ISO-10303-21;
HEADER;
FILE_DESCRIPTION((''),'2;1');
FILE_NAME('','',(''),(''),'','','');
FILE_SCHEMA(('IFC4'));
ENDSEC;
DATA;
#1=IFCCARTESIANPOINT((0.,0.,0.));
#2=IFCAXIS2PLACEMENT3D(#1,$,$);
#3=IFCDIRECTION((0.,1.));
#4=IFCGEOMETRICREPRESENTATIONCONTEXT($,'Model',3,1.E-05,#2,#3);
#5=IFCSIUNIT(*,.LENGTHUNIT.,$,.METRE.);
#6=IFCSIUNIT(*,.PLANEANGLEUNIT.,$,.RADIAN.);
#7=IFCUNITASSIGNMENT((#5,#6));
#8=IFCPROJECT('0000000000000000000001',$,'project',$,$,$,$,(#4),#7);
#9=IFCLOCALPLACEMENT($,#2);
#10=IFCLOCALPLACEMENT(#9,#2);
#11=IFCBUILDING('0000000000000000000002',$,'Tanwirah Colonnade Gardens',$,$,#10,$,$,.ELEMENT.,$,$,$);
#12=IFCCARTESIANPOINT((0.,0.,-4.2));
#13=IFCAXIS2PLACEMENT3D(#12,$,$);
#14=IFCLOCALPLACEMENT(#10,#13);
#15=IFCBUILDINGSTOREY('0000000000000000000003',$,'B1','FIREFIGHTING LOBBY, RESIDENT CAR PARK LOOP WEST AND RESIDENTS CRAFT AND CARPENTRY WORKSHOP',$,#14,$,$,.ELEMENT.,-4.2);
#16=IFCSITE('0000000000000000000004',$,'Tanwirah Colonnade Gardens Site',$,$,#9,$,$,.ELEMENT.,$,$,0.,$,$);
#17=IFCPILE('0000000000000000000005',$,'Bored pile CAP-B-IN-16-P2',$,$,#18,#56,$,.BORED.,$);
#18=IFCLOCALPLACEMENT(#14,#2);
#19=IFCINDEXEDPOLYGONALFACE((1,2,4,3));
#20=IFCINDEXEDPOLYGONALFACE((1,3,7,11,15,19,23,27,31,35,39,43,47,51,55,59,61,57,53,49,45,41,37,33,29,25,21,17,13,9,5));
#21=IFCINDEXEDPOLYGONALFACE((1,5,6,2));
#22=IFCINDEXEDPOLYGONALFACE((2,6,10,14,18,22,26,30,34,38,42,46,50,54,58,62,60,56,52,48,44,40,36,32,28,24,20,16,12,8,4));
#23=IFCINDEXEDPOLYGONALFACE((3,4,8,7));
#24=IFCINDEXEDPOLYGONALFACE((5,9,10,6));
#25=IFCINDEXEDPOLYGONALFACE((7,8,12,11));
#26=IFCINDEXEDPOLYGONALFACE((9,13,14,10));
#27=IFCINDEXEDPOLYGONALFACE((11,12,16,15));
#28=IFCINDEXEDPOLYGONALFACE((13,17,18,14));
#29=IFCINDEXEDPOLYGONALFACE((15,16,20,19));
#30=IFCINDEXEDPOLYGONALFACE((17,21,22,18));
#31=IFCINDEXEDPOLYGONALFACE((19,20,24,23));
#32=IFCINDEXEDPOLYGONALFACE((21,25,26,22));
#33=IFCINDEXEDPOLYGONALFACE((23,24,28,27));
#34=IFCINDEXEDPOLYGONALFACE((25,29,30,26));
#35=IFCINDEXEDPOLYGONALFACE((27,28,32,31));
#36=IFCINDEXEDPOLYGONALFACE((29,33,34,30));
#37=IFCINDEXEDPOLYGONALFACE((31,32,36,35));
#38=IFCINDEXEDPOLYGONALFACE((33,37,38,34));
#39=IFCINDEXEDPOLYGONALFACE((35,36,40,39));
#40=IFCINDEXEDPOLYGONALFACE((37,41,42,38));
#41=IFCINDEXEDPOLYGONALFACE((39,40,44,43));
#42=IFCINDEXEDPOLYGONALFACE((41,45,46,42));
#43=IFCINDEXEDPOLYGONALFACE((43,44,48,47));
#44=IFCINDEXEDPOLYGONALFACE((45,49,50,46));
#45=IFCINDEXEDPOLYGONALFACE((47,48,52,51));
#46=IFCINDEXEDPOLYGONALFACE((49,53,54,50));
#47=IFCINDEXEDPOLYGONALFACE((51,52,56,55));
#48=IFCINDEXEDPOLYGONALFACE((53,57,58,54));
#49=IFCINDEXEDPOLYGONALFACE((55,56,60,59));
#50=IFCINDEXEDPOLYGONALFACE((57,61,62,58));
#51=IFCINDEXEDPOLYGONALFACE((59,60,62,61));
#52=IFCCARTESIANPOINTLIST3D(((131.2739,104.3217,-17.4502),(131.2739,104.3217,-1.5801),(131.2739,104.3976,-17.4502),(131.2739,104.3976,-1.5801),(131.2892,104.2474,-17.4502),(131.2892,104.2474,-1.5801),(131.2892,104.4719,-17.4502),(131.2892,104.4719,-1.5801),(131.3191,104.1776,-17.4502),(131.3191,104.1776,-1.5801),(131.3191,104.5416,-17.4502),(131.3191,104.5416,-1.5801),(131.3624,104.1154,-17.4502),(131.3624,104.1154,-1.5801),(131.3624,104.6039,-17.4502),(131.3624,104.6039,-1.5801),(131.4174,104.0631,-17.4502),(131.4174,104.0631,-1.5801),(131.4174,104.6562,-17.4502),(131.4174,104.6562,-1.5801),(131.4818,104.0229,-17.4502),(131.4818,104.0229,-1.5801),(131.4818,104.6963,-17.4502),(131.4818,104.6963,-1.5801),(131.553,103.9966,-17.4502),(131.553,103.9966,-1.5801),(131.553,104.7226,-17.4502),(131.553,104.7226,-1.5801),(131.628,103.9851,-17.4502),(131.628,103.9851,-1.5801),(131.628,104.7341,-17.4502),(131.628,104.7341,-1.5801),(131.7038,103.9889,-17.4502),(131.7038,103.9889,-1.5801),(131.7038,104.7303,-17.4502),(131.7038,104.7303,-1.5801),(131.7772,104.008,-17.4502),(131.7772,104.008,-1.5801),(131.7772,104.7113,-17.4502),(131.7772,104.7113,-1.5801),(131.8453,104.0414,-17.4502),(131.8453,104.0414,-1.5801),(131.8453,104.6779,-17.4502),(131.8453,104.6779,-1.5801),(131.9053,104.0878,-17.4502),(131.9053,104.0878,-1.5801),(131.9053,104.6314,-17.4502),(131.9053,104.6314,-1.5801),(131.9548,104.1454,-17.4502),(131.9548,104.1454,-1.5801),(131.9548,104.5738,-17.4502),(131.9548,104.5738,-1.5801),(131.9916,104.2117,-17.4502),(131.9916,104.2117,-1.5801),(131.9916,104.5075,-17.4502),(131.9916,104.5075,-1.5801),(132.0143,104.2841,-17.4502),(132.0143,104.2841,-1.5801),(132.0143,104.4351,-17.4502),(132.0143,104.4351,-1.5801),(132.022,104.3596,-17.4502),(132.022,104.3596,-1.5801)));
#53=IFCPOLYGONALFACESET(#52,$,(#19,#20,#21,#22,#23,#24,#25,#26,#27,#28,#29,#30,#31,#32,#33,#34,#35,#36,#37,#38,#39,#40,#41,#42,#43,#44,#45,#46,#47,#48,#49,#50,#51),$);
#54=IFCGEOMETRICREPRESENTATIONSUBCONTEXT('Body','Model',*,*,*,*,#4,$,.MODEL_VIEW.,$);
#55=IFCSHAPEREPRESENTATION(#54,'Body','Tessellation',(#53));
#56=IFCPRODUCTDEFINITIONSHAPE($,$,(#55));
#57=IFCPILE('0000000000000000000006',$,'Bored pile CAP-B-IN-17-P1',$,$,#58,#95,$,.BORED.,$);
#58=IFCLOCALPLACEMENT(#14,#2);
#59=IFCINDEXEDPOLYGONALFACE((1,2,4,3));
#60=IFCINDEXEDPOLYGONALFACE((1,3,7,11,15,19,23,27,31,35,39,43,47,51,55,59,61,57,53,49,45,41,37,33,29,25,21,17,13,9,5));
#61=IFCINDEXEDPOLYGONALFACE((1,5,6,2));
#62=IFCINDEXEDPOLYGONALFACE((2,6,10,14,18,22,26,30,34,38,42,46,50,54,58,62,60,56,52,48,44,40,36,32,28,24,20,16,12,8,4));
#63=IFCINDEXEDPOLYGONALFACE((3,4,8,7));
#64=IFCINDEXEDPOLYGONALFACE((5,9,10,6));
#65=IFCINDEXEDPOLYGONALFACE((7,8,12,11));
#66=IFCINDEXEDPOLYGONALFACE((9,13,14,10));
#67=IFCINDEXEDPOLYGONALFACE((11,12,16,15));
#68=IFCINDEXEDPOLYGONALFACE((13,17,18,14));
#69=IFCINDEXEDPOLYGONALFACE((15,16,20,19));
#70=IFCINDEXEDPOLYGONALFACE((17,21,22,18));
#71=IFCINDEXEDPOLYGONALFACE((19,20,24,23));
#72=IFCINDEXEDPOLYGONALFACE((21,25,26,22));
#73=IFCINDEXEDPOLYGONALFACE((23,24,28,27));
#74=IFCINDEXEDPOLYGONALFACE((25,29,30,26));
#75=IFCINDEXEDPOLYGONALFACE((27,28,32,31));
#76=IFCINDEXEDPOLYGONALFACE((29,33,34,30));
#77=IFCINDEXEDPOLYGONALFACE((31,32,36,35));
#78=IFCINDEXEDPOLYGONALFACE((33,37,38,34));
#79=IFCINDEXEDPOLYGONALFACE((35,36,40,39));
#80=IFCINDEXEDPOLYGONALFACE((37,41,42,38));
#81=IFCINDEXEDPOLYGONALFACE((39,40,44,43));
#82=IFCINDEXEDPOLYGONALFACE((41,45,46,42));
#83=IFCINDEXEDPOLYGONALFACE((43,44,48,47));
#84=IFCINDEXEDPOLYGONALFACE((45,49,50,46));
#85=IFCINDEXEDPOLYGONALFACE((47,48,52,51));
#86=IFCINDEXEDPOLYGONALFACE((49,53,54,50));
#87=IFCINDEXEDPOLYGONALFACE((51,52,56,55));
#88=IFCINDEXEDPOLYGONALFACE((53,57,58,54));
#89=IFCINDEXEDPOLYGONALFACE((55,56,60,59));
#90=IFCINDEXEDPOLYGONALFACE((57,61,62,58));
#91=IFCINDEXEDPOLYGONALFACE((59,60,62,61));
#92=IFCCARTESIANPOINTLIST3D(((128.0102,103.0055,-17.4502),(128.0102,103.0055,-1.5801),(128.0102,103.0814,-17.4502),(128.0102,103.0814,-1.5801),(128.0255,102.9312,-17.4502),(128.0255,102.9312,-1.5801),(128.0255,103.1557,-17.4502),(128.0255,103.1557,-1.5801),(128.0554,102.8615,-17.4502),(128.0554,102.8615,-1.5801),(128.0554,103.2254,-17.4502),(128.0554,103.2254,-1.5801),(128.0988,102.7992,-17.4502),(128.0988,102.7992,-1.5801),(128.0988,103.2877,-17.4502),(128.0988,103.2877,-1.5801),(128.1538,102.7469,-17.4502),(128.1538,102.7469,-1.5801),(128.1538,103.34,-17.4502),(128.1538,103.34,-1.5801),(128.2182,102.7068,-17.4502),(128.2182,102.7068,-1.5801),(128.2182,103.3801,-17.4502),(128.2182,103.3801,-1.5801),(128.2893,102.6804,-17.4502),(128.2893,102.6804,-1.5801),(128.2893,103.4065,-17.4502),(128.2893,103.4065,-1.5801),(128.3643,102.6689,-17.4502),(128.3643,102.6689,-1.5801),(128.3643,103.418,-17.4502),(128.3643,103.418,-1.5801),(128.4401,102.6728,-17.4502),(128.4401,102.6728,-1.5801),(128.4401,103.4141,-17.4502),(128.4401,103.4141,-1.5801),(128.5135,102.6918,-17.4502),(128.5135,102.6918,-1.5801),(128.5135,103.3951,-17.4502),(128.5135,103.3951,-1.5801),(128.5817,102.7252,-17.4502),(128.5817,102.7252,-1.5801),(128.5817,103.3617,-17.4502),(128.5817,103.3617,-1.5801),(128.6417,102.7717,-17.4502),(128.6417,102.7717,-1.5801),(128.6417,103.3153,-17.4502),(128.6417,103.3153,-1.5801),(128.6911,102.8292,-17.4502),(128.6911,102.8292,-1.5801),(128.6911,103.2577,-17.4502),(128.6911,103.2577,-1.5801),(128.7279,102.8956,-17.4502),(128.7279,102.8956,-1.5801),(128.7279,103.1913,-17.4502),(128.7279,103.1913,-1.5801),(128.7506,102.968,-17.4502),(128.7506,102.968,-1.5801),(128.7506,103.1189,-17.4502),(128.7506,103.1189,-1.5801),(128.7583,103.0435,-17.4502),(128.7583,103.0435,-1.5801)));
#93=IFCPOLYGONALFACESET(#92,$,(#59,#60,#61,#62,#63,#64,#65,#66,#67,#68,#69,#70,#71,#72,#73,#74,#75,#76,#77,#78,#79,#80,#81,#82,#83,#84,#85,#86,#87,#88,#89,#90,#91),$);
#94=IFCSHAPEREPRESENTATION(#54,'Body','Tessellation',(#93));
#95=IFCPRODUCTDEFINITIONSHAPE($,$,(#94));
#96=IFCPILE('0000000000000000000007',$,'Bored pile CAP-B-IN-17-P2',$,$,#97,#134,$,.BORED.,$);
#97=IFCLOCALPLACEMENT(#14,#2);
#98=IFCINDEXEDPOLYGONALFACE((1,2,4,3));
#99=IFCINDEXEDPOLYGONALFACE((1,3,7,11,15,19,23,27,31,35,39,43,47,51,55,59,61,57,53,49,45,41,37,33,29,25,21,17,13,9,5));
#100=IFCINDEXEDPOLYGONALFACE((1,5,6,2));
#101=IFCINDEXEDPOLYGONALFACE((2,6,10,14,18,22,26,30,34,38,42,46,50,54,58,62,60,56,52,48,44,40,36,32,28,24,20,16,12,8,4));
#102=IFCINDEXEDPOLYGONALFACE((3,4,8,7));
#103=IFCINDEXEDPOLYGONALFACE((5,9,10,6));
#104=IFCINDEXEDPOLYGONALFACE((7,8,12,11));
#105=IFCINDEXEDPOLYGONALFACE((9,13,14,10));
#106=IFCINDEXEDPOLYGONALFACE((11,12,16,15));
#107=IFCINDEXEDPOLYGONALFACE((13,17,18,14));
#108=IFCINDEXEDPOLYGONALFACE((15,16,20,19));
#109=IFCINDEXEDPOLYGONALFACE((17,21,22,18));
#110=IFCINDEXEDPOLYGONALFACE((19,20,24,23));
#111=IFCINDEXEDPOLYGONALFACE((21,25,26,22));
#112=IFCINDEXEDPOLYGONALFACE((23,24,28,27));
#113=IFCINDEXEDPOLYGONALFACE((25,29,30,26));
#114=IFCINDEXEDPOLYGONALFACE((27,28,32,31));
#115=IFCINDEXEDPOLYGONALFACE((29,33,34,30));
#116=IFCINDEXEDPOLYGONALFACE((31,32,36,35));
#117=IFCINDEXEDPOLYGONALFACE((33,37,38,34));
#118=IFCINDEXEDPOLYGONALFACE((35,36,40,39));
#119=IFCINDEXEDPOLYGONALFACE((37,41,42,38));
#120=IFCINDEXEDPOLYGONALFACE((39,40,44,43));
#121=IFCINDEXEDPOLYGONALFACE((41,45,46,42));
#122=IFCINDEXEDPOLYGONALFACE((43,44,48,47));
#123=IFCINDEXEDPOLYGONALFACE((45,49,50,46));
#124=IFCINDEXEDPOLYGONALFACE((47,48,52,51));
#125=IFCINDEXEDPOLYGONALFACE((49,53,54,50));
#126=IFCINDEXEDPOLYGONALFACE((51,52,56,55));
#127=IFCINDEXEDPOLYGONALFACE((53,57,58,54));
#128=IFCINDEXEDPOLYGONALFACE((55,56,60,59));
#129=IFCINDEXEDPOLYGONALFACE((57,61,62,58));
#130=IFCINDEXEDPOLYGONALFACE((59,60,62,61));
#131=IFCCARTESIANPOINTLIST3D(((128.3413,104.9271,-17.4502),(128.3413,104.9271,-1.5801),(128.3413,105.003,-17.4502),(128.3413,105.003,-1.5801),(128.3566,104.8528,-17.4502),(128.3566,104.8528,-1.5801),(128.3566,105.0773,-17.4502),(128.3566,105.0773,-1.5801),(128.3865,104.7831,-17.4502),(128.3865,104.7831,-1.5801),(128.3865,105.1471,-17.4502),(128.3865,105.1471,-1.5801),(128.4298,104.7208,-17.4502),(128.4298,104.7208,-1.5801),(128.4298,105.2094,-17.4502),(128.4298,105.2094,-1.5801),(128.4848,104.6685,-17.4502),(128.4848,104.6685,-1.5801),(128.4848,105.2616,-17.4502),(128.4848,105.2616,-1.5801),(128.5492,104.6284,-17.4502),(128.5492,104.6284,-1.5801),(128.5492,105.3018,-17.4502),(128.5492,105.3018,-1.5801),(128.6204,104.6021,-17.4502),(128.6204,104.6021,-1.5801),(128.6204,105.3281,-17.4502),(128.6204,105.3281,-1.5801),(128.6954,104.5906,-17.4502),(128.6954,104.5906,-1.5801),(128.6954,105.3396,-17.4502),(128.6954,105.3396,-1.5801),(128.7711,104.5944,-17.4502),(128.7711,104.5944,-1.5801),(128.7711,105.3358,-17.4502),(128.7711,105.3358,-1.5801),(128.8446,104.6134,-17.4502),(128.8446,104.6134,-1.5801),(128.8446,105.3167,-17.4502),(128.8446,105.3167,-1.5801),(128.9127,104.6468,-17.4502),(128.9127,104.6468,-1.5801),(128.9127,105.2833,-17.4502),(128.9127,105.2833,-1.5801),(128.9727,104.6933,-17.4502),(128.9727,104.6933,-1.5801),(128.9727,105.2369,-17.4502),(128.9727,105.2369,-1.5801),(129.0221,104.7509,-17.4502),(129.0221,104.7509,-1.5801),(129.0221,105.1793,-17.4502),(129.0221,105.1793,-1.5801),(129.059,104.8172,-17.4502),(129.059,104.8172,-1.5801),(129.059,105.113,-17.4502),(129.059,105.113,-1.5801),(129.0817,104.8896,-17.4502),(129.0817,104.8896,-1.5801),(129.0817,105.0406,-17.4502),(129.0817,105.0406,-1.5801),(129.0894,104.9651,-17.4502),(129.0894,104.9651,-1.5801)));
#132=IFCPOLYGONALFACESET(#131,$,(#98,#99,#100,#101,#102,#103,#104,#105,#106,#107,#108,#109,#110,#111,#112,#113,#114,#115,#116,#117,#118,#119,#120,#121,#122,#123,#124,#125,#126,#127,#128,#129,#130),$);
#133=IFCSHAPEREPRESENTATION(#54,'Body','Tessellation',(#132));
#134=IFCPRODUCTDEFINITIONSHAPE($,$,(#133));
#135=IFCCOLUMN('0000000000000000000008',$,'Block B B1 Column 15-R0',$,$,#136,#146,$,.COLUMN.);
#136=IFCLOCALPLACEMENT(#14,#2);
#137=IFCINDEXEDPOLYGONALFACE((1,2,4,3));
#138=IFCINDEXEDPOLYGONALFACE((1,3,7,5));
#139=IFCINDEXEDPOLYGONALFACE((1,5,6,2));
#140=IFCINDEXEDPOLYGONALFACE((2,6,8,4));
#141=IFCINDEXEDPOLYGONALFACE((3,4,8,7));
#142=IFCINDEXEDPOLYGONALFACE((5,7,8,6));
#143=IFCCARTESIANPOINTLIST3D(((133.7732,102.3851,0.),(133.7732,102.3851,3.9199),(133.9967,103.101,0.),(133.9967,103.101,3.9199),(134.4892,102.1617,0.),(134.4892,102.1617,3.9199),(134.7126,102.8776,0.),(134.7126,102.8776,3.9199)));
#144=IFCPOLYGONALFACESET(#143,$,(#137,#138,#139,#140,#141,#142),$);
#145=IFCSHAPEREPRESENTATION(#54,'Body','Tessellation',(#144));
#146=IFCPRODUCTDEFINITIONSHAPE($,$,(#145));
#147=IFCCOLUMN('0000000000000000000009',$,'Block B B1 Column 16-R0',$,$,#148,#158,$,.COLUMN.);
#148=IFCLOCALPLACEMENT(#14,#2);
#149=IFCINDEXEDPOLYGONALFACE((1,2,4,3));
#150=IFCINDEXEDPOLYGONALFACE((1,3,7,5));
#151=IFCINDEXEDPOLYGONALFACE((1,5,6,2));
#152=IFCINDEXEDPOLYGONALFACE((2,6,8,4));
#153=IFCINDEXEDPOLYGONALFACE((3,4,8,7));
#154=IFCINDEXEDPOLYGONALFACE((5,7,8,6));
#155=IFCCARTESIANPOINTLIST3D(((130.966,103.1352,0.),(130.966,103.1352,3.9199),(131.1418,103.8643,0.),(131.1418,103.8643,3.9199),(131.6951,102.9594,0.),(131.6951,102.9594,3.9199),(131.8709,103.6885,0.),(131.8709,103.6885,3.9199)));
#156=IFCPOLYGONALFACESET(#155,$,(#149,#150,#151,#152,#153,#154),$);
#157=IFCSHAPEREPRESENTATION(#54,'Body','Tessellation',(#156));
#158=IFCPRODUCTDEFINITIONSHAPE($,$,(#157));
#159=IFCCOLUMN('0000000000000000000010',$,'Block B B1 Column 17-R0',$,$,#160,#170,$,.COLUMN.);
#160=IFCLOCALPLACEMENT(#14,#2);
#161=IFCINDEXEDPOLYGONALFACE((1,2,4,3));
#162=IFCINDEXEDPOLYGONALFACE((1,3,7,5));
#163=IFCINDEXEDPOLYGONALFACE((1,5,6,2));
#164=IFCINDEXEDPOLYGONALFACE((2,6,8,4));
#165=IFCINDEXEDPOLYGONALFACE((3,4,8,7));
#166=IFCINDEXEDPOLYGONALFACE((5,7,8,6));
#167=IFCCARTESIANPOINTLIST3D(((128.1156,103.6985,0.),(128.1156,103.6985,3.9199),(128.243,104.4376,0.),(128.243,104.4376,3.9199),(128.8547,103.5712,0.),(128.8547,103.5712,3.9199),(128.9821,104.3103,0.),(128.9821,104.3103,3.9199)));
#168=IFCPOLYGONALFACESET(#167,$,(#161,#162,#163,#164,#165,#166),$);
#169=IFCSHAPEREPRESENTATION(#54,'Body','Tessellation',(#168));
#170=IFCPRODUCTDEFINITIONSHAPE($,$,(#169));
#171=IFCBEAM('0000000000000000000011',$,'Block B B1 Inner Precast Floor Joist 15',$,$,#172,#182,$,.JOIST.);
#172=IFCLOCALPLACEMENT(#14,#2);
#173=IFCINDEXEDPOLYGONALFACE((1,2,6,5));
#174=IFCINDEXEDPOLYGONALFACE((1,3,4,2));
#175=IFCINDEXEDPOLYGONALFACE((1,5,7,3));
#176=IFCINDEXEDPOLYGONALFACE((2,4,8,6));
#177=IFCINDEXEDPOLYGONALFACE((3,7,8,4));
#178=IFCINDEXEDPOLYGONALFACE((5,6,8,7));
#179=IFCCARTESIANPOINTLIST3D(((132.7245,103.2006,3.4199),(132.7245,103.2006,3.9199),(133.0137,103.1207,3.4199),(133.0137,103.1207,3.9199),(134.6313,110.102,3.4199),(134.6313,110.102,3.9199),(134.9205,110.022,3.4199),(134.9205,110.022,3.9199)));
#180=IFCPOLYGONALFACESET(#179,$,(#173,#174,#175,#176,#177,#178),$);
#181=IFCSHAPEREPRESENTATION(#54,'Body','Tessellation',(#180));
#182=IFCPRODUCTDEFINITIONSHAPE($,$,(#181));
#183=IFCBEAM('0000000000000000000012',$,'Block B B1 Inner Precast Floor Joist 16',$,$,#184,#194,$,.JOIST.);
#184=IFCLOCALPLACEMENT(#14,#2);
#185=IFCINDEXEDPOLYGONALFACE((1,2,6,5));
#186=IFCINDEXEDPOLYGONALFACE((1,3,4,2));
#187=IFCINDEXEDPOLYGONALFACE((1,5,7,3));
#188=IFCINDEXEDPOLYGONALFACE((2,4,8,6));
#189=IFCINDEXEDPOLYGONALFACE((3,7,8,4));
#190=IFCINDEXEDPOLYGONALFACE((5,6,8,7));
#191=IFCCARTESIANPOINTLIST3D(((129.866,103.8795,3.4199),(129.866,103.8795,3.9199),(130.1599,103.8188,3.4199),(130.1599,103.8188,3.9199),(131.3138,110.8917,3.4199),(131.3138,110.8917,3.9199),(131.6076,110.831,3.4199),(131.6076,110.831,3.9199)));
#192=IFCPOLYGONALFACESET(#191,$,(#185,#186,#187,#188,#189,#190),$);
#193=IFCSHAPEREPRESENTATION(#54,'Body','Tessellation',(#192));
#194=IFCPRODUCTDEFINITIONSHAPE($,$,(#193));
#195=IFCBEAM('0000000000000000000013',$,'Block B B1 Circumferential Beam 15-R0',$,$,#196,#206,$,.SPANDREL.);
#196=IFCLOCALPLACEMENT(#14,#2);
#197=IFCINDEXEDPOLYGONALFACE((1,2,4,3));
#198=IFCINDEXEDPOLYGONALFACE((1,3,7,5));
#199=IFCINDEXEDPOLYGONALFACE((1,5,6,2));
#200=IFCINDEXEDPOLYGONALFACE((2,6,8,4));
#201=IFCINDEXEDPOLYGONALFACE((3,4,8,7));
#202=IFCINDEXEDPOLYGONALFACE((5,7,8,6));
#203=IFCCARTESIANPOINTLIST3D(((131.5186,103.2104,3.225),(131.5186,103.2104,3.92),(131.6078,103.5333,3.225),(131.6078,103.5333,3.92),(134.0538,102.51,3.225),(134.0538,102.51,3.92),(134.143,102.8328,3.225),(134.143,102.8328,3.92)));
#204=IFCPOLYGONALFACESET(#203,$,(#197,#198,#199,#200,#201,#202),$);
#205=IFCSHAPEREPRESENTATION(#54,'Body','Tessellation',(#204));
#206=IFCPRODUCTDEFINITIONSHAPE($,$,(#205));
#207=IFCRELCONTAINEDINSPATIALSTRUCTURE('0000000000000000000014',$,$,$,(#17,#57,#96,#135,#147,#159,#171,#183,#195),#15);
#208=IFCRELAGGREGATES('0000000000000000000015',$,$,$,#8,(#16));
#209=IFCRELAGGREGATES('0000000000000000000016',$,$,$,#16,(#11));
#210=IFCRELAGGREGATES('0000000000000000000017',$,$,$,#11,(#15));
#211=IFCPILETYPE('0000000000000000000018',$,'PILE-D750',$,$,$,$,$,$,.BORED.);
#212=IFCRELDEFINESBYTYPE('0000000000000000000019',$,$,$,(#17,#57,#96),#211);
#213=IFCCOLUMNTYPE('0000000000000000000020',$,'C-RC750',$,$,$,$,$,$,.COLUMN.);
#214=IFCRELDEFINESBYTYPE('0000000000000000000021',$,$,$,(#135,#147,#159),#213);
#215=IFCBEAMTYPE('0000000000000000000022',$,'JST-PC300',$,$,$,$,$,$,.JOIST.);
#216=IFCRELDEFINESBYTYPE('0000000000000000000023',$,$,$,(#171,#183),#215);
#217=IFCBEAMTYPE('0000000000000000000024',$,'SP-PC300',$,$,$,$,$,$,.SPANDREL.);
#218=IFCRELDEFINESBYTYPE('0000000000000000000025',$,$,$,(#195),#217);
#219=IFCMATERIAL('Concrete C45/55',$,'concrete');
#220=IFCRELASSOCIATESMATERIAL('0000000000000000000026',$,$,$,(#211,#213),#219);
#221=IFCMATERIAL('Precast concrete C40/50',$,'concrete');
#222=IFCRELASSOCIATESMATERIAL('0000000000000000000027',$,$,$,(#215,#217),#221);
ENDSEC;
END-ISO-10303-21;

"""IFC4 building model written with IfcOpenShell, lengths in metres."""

from ifc_helpers import new_model, si_unit, direction, frame, origin, origin_2d, place, context, subcontext, project, spatial, rectangle, circle, extrude, material, material_profile, profile_set, type_object, element, save


model = new_model("IFC4")

# Units and contexts
model_context = context("Model", 3, precision=1e-05, world=origin(), true_north=direction((0.0, 1.0)))
body_context = subcontext(model_context, "Body", "Model", "MODEL_VIEW")
ifc_project = project(units=[si_unit("LENGTHUNIT", "METRE"), si_unit("PLANEANGLEUNIT", "RADIAN")], contexts=[model_context])

# Site, building, storey
site_placement = place(None, origin())
site = spatial("IfcSite", under=ifc_project, at=site_placement, Name="Tanwirah Colonnade Gardens Site", CompositionType="ELEMENT", RefElevation=0.0)
building_placement = place(site_placement, origin())
building = spatial("IfcBuilding", under=site, at=building_placement, Name="Tanwirah Colonnade Gardens", CompositionType="ELEMENT")
storey_placement = place(building_placement, frame((0.0, 0.0, -4.2)))
storey = spatial("IfcBuildingStorey", under=building, at=storey_placement, Name="B1", Description="FIREFIGHTING LOBBY, RESIDENT CAR PARK LOOP WEST AND RESIDENTS CRAFT AND CARPENTRY WORKSHOP", CompositionType="ELEMENT", Elevation=-4.2)

# Shared definitions
ifc_material_1 = material(Name="Concrete C45/55", Category="concrete")

# Piles
ifc_material_profile_1 = material_profile(ifc_material_1, circle(Radius=0.375, at=origin_2d()), Name="PILE D750")
ifc_profile_set_1 = profile_set([ifc_material_profile_1], Name="Concrete C45/55")
pile_type_1 = type_object("IfcPileType", Name="PILE-D750", PredefinedType="BORED", material=ifc_profile_set_1)
for number, where, z_axis, x_axis, name in (
    (1, (131.647, 104.3596, -1.5801), (0.0, 0.0, -1.0), (1.0, 0.0, 0.0), "Bored pile CAP-B-IN-16-P2"),
    (2, (128.3833, 103.0435, -1.5801), (0.0, 0.0, -1.0), (1.0, 0.0, 0.0), "Bored pile CAP-B-IN-17-P1"),
    (3, (128.7144, 104.9651, -1.5801), (0.0, 0.0, -1.0), (1.0, 0.0, 0.0), "Bored pile CAP-B-IN-17-P2"),
):
    element("IfcPile", number, at=place(storey_placement, frame(where, z_axis=z_axis, x_axis=x_axis)), inside=storey, type_object=pile_type_1, Name=name, PredefinedType="BORED", context=body_context, shape_type="SweptSolid", body=[
        extrude(circle(Radius=0.375, at=origin_2d()), origin(), (0.0, 0.0, 1.0), 15.8701),
    ])

# Columns
ifc_material_profile_2 = material_profile(ifc_material_1, rectangle(XDim=0.75, YDim=0.75, at=origin_2d()), Name="RC-COL 750x750")
ifc_profile_set_2 = profile_set([ifc_material_profile_2], Name="Concrete C45/55")
column_type = type_object("IfcColumnType", Name="C-RC750", PredefinedType="COLUMN", material=ifc_profile_set_2)
for number, where, z_axis, x_axis, name in (
    (4, (134.2429, 102.6313, 0.0), (0.0, 0.0, 1.0), (0.29793, 0.954588, 0.0), "Block B B1 Column 15-R0"),
    (5, (131.4185, 103.4119, 0.0), (0.0, 0.0, 1.0), (0.234388, 0.972143, 0.0), "Block B B1 Column 16-R0"),
    (6, (128.5488, 104.0044, 0.0), (0.0, 0.0, 1.0), (0.169827, 0.985474, 0.0), "Block B B1 Column 17-R0"),
):
    element("IfcColumn", number, at=place(storey_placement, frame(where, z_axis=z_axis, x_axis=x_axis)), inside=storey, type_object=column_type, Name=name, PredefinedType="COLUMN", context=body_context, shape_type="SweptSolid", body=[
        extrude(rectangle(XDim=0.75, YDim=0.75, at=origin_2d()), origin(), (0.0, 0.0, 1.0), 3.9199),
    ])

# Beams
ifc_material_2 = material(Name="Precast concrete C40/50", Category="concrete")
ifc_material_profile_3 = material_profile(ifc_material_2, rectangle(XDim=0.3, YDim=0.5, at=origin_2d()), Name="PC-JST 300x500")
ifc_profile_set_3 = profile_set([ifc_material_profile_3], Name="Precast concrete C40/50")
beam_type_1 = type_object("IfcBeamType", Name="JST-PC300", PredefinedType="JOIST", material=ifc_profile_set_3)
beam_1_placement = place(storey_placement, frame((132.8691, 103.1606, 3.6699), z_axis=(0.266307, 0.963888, 0.0), x_axis=(-0.963888, 0.266307, 0.0)))
element("IfcBeam", 7, at=beam_1_placement, inside=storey, type_object=beam_type_1, Name="Block B B1 Inner Precast Floor Joist 15", PredefinedType="JOIST", context=body_context, shape_type="SweptSolid", body=[
    extrude(rectangle(XDim=0.3, YDim=0.5, at=origin_2d()), origin(), (0.0, 0.0, 1.0), 7.1599),
])
beam_2_placement = place(storey_placement, frame((130.0129, 103.8491, 3.6699), z_axis=(0.202197, 0.979345, 0.0), x_axis=(-0.979345, 0.202197, 0.0)))
element("IfcBeam", 8, at=beam_2_placement, inside=storey, type_object=beam_type_1, Name="Block B B1 Inner Precast Floor Joist 16", PredefinedType="JOIST", context=body_context, shape_type="SweptSolid", body=[
    extrude(rectangle(XDim=0.3, YDim=0.5, at=origin_2d()), origin(), (0.0, 0.0, 1.0), 7.1602),
])
ifc_material_profile_4 = material_profile(ifc_material_2, rectangle(XDim=0.335, YDim=0.6951, at=origin_2d()), Name="PC-SP 335x695")
ifc_profile_set_4 = profile_set([ifc_material_profile_4], Name="Precast concrete C40/50")
beam_type_2 = type_object("IfcBeamType", Name="SP-PC300", PredefinedType="SPANDREL", material=ifc_profile_set_4)
for number, where, z_axis, x_axis, name in (
    (9, (134.0984, 102.6714, 3.5725), (-0.963887, 0.266313, 0.0), (-0.266313, -0.963887, 0.0), "Block B B1 Circumferential Beam 15-R0"),
):
    element("IfcBeam", number, at=place(storey_placement, frame(where, z_axis=z_axis, x_axis=x_axis)), inside=storey, type_object=beam_type_2, Name=name, PredefinedType="SPANDREL", context=body_context, shape_type="SweptSolid", body=[
        extrude(rectangle(XDim=0.335, YDim=0.6951, at=origin_2d()), origin(), (0.0, 0.0, 1.0), 2.6301),
    ])

save(model, "model.ifc")
